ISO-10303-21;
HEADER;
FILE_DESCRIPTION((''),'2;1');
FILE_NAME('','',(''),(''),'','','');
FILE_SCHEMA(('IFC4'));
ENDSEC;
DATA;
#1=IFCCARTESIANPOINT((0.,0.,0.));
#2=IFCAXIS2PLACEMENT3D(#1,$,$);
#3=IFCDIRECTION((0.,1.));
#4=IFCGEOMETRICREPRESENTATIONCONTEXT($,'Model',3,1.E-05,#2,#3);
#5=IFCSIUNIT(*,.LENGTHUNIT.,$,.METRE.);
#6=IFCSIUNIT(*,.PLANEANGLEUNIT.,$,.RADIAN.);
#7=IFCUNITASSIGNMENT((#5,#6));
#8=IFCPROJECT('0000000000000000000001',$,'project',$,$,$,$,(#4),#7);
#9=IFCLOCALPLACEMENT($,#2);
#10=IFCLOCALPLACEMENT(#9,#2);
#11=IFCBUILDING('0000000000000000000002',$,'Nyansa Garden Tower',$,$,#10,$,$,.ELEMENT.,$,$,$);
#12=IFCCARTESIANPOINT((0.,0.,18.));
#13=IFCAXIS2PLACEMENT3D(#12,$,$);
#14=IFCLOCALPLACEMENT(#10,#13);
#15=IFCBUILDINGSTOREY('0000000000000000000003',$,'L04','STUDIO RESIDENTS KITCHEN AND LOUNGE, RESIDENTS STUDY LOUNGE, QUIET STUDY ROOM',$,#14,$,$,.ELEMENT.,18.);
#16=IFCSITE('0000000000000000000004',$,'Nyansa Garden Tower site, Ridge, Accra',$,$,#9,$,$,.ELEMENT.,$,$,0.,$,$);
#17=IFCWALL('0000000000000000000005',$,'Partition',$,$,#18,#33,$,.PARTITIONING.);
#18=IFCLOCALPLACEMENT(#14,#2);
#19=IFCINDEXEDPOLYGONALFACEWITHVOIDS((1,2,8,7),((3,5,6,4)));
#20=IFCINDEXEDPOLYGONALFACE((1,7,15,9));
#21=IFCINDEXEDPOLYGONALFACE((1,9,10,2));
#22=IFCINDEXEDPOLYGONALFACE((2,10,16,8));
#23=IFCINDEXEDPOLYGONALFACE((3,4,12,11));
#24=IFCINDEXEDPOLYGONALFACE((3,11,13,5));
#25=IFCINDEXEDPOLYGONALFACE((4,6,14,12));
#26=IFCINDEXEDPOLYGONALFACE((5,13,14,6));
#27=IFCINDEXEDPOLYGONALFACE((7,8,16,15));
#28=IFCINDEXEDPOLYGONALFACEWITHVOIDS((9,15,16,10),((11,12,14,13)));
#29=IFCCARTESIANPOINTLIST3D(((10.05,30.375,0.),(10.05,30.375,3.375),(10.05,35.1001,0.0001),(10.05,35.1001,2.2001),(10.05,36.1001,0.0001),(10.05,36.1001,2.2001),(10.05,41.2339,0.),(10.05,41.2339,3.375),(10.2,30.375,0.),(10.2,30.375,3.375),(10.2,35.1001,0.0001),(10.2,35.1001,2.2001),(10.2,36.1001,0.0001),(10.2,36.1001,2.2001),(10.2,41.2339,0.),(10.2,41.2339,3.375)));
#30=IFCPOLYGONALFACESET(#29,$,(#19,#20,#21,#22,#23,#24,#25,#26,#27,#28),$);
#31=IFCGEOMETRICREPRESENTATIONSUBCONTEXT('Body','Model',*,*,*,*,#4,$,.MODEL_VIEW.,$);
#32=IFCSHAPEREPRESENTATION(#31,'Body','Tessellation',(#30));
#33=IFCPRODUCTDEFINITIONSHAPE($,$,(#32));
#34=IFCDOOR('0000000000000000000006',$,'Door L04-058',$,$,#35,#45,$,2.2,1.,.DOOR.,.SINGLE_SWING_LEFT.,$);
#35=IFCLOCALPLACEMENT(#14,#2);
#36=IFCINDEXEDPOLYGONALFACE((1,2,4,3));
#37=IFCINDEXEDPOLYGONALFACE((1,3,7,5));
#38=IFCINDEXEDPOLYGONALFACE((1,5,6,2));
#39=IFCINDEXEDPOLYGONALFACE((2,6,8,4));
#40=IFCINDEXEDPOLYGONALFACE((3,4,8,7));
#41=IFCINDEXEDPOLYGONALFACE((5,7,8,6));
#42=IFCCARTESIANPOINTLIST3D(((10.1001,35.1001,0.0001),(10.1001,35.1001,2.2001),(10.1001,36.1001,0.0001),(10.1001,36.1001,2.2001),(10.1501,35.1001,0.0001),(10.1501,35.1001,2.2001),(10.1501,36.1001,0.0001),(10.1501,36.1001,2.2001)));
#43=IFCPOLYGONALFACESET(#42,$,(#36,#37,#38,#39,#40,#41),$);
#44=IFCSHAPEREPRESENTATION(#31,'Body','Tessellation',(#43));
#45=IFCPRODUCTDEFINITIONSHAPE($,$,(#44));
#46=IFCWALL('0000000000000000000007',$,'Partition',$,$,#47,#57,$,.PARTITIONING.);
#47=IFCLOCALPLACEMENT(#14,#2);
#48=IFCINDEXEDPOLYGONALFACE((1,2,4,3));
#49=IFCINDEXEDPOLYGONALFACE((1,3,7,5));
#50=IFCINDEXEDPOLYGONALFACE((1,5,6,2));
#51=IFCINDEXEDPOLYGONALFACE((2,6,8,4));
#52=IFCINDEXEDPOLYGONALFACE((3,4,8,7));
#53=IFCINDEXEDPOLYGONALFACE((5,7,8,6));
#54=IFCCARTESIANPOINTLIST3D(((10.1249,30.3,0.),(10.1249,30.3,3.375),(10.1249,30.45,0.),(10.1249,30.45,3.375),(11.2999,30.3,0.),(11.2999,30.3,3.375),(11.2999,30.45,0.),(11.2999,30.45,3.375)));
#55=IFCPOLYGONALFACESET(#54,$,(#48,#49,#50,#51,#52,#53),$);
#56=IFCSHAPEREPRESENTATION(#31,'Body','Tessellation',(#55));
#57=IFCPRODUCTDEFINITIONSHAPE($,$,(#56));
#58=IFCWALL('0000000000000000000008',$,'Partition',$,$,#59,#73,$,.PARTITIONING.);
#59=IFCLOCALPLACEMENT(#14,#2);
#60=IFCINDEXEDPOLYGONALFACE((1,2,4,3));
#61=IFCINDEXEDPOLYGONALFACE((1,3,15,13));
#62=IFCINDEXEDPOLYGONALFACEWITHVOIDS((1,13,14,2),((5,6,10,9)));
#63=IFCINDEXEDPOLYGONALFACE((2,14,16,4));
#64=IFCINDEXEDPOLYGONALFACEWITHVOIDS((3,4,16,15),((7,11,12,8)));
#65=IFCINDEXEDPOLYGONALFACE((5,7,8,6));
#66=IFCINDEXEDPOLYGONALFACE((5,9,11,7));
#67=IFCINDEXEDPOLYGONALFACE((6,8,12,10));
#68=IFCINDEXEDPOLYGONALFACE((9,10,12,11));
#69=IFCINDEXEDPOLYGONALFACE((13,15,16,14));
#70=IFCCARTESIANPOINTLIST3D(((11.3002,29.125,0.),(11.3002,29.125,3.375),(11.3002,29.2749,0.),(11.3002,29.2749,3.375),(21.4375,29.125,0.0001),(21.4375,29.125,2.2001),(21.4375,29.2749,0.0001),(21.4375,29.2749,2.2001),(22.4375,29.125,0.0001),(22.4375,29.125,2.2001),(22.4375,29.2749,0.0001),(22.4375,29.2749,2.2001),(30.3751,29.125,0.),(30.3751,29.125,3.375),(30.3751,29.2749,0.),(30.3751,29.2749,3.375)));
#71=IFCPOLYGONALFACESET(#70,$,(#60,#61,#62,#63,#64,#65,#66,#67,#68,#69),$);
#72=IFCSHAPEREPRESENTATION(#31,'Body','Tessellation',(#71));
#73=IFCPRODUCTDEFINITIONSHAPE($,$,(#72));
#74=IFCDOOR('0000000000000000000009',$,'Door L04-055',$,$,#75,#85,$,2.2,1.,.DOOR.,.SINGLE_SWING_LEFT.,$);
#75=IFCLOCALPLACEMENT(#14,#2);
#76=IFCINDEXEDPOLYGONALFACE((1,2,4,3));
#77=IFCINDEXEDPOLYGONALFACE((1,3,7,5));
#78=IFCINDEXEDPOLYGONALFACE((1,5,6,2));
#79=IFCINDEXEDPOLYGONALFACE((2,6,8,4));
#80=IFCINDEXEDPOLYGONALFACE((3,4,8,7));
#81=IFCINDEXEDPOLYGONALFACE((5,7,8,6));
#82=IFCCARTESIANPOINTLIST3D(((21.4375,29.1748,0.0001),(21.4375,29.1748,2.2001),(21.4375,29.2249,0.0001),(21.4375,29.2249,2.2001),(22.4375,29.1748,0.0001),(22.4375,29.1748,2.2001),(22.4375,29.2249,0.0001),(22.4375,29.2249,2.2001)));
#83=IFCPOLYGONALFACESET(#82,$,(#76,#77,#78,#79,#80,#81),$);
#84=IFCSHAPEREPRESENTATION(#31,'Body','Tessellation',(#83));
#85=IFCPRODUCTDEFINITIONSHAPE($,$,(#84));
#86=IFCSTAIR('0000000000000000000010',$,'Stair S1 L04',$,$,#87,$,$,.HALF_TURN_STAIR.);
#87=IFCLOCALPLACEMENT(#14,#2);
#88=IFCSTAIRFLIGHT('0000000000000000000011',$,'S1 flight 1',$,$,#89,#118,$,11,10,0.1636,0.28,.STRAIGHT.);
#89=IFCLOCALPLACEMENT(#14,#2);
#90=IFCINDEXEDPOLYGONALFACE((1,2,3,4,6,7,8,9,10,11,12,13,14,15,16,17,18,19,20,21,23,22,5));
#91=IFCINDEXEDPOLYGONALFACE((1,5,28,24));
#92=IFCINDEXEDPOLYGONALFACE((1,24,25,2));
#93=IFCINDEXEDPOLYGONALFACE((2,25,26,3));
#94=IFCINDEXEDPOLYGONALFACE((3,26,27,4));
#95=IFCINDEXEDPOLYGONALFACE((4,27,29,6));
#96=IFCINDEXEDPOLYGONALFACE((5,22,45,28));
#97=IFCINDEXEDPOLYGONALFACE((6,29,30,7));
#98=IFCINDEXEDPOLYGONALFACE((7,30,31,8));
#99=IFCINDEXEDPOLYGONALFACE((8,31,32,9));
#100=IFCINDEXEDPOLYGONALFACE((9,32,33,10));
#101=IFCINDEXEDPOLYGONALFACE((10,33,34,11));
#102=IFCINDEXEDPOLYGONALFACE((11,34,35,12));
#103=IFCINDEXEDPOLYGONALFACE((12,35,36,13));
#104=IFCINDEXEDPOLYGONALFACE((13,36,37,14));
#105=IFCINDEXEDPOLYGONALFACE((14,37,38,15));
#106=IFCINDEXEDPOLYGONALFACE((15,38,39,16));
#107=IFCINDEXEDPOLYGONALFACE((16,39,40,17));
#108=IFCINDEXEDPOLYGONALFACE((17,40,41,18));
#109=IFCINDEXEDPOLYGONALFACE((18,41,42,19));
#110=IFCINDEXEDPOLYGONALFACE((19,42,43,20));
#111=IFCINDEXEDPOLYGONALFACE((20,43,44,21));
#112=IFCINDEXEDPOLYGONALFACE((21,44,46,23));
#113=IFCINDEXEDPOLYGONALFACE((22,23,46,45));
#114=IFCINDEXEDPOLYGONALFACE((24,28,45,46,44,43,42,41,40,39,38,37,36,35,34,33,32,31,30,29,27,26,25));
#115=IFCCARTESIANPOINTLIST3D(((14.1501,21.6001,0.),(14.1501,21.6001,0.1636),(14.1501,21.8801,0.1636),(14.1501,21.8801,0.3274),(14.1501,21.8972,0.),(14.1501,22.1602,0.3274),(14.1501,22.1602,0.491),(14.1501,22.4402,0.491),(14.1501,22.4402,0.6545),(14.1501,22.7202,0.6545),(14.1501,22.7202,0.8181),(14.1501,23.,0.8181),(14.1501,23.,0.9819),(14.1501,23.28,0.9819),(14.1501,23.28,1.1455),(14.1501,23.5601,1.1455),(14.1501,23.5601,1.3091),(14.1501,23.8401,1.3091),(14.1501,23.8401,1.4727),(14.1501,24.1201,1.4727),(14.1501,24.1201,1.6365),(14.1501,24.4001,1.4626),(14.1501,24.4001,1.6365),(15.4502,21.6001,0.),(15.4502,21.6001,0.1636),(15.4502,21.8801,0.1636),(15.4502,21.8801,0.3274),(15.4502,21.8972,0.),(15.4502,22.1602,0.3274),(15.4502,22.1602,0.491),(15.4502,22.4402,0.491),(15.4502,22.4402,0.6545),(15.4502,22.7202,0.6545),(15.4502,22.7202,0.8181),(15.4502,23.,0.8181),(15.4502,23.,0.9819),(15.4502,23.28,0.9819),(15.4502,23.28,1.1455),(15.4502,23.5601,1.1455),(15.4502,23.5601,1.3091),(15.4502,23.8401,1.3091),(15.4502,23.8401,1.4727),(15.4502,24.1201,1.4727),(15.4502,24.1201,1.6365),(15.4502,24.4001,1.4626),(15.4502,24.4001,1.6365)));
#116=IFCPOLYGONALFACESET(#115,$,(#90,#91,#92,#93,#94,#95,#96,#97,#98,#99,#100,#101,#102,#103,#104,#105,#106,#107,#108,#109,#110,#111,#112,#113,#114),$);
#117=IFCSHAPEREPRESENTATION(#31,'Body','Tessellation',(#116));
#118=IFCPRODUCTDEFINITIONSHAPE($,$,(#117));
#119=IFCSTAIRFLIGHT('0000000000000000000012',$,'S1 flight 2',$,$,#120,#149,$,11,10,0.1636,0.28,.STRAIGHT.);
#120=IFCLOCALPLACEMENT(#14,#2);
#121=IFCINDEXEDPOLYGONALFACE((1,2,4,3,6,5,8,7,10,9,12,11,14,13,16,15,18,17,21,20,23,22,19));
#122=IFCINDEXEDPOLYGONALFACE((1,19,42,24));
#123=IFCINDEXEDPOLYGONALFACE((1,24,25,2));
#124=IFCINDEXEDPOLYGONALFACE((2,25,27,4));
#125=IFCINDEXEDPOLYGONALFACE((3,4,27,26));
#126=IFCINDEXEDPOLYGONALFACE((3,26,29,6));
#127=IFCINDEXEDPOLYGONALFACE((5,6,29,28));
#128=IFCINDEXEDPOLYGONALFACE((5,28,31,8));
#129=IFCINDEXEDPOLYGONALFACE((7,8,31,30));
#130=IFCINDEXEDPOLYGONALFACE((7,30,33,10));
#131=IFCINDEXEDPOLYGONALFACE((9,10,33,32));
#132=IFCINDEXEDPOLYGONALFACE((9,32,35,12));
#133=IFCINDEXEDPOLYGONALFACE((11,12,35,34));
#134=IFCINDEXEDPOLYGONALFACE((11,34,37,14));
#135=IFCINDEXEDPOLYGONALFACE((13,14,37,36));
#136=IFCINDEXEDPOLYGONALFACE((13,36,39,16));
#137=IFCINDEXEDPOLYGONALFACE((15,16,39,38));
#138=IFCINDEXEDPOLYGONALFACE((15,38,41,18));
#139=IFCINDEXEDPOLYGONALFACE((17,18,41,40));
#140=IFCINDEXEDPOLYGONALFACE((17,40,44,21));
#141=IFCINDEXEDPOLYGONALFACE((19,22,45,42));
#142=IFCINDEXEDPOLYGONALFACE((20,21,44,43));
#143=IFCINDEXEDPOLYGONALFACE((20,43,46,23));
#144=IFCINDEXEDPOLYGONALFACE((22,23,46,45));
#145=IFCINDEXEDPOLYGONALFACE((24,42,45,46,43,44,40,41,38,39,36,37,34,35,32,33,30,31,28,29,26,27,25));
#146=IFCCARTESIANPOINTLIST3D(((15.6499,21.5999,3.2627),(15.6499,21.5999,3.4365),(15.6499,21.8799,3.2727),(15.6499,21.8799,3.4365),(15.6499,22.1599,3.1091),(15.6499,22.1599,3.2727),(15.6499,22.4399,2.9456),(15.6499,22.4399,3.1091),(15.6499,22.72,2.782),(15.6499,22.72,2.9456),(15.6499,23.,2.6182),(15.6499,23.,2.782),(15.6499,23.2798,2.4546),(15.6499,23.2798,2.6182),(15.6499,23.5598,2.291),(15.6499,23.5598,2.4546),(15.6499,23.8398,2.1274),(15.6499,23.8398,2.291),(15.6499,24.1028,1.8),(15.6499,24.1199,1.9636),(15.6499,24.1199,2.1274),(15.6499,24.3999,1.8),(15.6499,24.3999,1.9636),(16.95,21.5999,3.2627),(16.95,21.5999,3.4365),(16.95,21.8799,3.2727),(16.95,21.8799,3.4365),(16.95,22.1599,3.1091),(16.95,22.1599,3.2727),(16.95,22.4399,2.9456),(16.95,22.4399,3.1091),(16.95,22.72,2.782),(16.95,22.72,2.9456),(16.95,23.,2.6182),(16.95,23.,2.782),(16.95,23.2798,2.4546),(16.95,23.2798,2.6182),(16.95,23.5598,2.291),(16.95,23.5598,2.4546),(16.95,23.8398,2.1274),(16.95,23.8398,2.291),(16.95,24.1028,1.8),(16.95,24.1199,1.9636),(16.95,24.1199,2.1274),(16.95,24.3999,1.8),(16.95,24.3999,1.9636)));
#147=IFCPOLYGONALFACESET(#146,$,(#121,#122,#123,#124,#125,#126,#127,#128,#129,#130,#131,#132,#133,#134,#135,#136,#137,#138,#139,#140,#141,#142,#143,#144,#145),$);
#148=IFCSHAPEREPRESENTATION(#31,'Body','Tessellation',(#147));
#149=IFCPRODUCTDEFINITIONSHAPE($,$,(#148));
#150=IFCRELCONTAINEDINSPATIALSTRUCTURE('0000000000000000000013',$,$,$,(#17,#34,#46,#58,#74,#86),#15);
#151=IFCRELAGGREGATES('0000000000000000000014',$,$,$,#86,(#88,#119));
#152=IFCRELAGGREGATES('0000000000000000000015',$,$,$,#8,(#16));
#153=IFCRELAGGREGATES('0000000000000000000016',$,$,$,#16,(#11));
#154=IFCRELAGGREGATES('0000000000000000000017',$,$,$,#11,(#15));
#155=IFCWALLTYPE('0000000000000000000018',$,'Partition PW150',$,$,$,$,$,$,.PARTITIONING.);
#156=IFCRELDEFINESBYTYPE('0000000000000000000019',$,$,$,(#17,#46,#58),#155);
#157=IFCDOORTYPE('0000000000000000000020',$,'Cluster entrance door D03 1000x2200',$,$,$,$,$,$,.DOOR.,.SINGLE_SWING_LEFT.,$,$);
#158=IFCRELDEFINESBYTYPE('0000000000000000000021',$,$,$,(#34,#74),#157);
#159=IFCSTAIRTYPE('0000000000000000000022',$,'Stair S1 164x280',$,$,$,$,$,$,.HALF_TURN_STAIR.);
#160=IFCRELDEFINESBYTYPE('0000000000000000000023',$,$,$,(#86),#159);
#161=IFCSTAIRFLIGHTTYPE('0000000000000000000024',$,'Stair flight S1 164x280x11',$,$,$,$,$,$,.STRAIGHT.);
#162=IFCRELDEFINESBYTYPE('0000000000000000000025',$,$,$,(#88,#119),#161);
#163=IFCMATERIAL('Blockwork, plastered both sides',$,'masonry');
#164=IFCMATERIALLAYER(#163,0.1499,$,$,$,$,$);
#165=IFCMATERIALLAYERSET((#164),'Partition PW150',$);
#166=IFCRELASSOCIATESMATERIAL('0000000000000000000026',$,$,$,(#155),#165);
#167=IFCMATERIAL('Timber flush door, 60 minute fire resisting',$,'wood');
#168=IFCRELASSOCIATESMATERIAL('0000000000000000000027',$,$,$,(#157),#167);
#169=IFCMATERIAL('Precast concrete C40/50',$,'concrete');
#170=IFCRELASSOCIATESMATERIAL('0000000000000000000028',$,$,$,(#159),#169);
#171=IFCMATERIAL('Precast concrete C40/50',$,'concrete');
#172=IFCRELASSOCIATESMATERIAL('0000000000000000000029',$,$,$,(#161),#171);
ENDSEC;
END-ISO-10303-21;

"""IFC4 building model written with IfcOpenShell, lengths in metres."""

from ifc_helpers import new_model, si_unit, direction, frame, frame_2d, origin, place, context, subcontext, project, spatial, polyline, rectangle, outline, extrude, material, layer, layer_set, type_object, element, fill, aggregate, save


model = new_model("IFC4")

# Units and contexts
model_context = context("Model", 3, precision=1e-05, world=origin(), true_north=direction((0.0, 1.0)))
body_context = subcontext(model_context, "Body", "Model", "MODEL_VIEW")
ifc_project = project(units=[si_unit("LENGTHUNIT", "METRE"), si_unit("PLANEANGLEUNIT", "RADIAN")], contexts=[model_context])

# Site, building, storey
site_placement = place(None, origin())
site = spatial("IfcSite", under=ifc_project, at=site_placement, Name="Nyansa Garden Tower site, Ridge, Accra", CompositionType="ELEMENT", RefElevation=0.0)
building_placement = place(site_placement, origin())
building = spatial("IfcBuilding", under=site, at=building_placement, Name="Nyansa Garden Tower", CompositionType="ELEMENT")
storey_placement = place(building_placement, frame((0.0, 0.0, 18.0)))
storey = spatial("IfcBuildingStorey", under=building, at=storey_placement, Name="L04", Description="STUDIO RESIDENTS KITCHEN AND LOUNGE, RESIDENTS STUDY LOUNGE, QUIET STUDY ROOM", CompositionType="ELEMENT", Elevation=18.0)

# Shared definitions
ifc_material_1 = material(Name="Blockwork, plastered both sides", Category="masonry")
ifc_layer_1 = layer(ifc_material_1, 0.1499)
ifc_layer_set_1 = layer_set([ifc_layer_1], Name="Partition PW150")
wall_type_1 = type_object("IfcWallType", Name="Partition PW150", PredefinedType="PARTITIONING", material=ifc_layer_set_1)

# Wall, opening, door
wall_1_placement = place(storey_placement, frame((10.125, 30.375, 0.0), z_axis=(0.0, 0.0, 1.0), x_axis=(0.0, 1.0, 0.0)))
wall_1 = element("IfcWall", 1, at=wall_1_placement, inside=storey, type_object=wall_type_1, Name="Partition", PredefinedType="PARTITIONING", context=body_context, shape_type="SweptSolid", body=[
    extrude(rectangle(XDim=10.8589, YDim=0.1499, at=frame_2d((5.4294, 0.0))), origin(), (0.0, 0.0, 1.0), 3.375),
])
opening_1_placement = place(wall_1_placement, frame((4.7251, 0.0, 0.0)))
opening_1 = element("IfcOpeningElement", 2, at=opening_1_placement, cuts=wall_1, PredefinedType="OPENING", context=body_context, shape_type="SweptSolid", body=[
    extrude(rectangle(XDim=1.0, YDim=2.2, at=frame_2d((0.5, 1.1001))), frame((0.0, 0.085, 0.0), z_axis=(0.0, -1.0, 0.0), x_axis=(1.0, 0.0, 0.0)), (0.0, 0.0, 1.0), 0.1699),
])
ifc_material_2 = material(Name="Timber flush door, 60 minute fire resisting", Category="wood")
door_type_1 = type_object("IfcDoorType", Name="Cluster entrance door D03 1000x2200", OperationType="SINGLE_SWING_LEFT", PredefinedType="DOOR", material=ifc_material_2)
door_1_placement = place(opening_1_placement, origin())
door_1 = element("IfcDoor", 3, at=door_1_placement, inside=storey, type_object=door_type_1, Name="Door L04-058", OperationType="SINGLE_SWING_LEFT", OverallHeight=2.2, OverallWidth=1.0, PredefinedType="DOOR", context=body_context, shape_type="SweptSolid", body=[
    extrude(rectangle(XDim=1.0, YDim=2.2, at=frame_2d((0.5, 1.1001))), frame((0.0, 0.0249, 0.0), z_axis=(0.0, -1.0, 0.0), x_axis=(1.0, 0.0, 0.0)), (0.0, 0.0, 1.0), 0.05),
])
fill(opening_1, door_1)

# Wall
wall_2_placement = place(storey_placement, frame((10.125, 30.375, 0.0), z_axis=(0.0, 0.0, 1.0), x_axis=(1.0, 0.0, 0.0)))
element("IfcWall", 4, at=wall_2_placement, inside=storey, type_object=wall_type_1, Name="Partition", PredefinedType="PARTITIONING", context=body_context, shape_type="SweptSolid", body=[
    extrude(rectangle(XDim=1.175, YDim=0.1499, at=frame_2d((0.5874, 0.0))), origin(), (0.0, 0.0, 1.0), 3.375),
])

# Wall, opening, door
wall_3_placement = place(storey_placement, frame((11.3, 29.2, 0.0), z_axis=(0.0, 0.0, 1.0), x_axis=(1.0, 0.0, 0.0)))
wall_3 = element("IfcWall", 5, at=wall_3_placement, inside=storey, type_object=wall_type_1, Name="Partition", PredefinedType="PARTITIONING", context=body_context, shape_type="SweptSolid", body=[
    extrude(rectangle(XDim=19.075, YDim=0.1499, at=frame_2d((9.5376, 0.0))), origin(), (0.0, 0.0, 1.0), 3.375),
])
opening_2_placement = place(wall_3_placement, frame((10.1375, 0.0, 0.0)))
opening_2 = element("IfcOpeningElement", 6, at=opening_2_placement, cuts=wall_3, PredefinedType="OPENING", context=body_context, shape_type="SweptSolid", body=[
    extrude(rectangle(XDim=1.0, YDim=2.2, at=frame_2d((0.5, 1.1001))), frame((0.0, 0.085, 0.0), z_axis=(0.0, -1.0, 0.0), x_axis=(1.0, 0.0, 0.0)), (0.0, 0.0, 1.0), 0.1699),
])
door_2_placement = place(opening_2_placement, origin())
door_2 = element("IfcDoor", 7, at=door_2_placement, inside=storey, type_object=door_type_1, Name="Door L04-055", OperationType="SINGLE_SWING_LEFT", OverallHeight=2.2, OverallWidth=1.0, PredefinedType="DOOR", context=body_context, shape_type="SweptSolid", body=[
    extrude(rectangle(XDim=1.0, YDim=2.2, at=frame_2d((0.5, 1.1001))), frame((0.0, 0.0249, 0.0), z_axis=(0.0, -1.0, 0.0), x_axis=(1.0, 0.0, 0.0)), (0.0, 0.0, 1.0), 0.05),
])
fill(opening_2, door_2)

# Stair, stair flights
ifc_material_3 = material(Name="Precast concrete C40/50", Category="concrete")
stair_type = type_object("IfcStairType", Name="Stair S1 164x280", PredefinedType="HALF_TURN_STAIR", material=ifc_material_3)
stair_placement = place(storey_placement, origin())
stair = element("IfcStair", 8, at=stair_placement, inside=storey, type_object=stair_type, Name="Stair S1 L04", PredefinedType="HALF_TURN_STAIR")
ifc_material_4 = material(Name="Precast concrete C40/50", Category="concrete")
stair_flight_type = type_object("IfcStairFlightType", Name="Stair flight S1 164x280x11", PredefinedType="STRAIGHT", material=ifc_material_4)
stair_flight_1_placement = place(storey_placement, frame((14.8, 21.6001, 0.0), z_axis=(0.0, 0.0, 1.0), x_axis=(0.0, 1.0, 0.0)))
stair_flight_1 = element("IfcStairFlight", 9, at=stair_flight_1_placement, type_object=stair_flight_type, Name="S1 flight 1", NumberOfRisers=11, NumberOfTreads=10, PredefinedType="STRAIGHT", RiserHeight=0.1636, TreadLength=0.28, context=body_context, shape_type="SweptSolid", body=[
    extrude(outline(polyline([(0.0, 0.0), (0.0, 0.1636), (0.28, 0.1636), (0.28, 0.3274), (0.5601, 0.3274), (0.5601, 0.491), (0.8401, 0.491), (0.8401, 0.6545), (1.1201, 0.6545), (1.1201, 0.8181), (1.3999, 0.8181), (1.3999, 0.9819), (1.6799, 0.9819), (1.6799, 1.1455), (1.96, 1.1455), (1.96, 1.3091), (2.24, 1.3091), (2.24, 1.4727), (2.52, 1.4727), (2.52, 1.6365), (2.8, 1.6365), (2.8, 1.8), (2.8, 1.4626), (0.2971, 0.0), (0.0, 0.0)])), frame((0.0, 0.6499, 0.0), z_axis=(0.0, -1.0, 0.0), x_axis=(1.0, 0.0, 0.0)), (0.0, 0.0, 1.0), 1.3),
])
stair_flight_2_placement = place(storey_placement, frame((16.3, 24.3999, 1.8), z_axis=(0.0, 0.0, 1.0), x_axis=(0.0, -1.0, 0.0)))
stair_flight_2 = element("IfcStairFlight", 10, at=stair_flight_2_placement, type_object=stair_flight_type, Name="S1 flight 2", NumberOfRisers=11, NumberOfTreads=10, PredefinedType="STRAIGHT", RiserHeight=0.1636, TreadLength=0.28, context=body_context, shape_type="SweptSolid", body=[
    extrude(outline(polyline([(0.0, 0.0), (0.0, 0.1636), (0.28, 0.1636), (0.28, 0.3274), (0.5601, 0.3274), (0.5601, 0.491), (0.8401, 0.491), (0.8401, 0.6545), (1.1201, 0.6545), (1.1201, 0.8181), (1.3999, 0.8181), (1.3999, 0.9819), (1.6799, 0.9819), (1.6799, 1.1455), (1.96, 1.1455), (1.96, 1.3091), (2.24, 1.3091), (2.24, 1.4727), (2.52, 1.4727), (2.52, 1.6365), (2.8, 1.6365), (2.8, 1.8), (2.8, 1.4626), (0.2971, 0.0), (0.0, 0.0)])), frame((0.0, 0.6499, 0.0), z_axis=(0.0, -1.0, 0.0), x_axis=(1.0, 0.0, 0.0)), (0.0, 0.0, 1.0), 1.3),
])
aggregate(stair, [stair_flight_1, stair_flight_2])

save(model, "model.ifc")
